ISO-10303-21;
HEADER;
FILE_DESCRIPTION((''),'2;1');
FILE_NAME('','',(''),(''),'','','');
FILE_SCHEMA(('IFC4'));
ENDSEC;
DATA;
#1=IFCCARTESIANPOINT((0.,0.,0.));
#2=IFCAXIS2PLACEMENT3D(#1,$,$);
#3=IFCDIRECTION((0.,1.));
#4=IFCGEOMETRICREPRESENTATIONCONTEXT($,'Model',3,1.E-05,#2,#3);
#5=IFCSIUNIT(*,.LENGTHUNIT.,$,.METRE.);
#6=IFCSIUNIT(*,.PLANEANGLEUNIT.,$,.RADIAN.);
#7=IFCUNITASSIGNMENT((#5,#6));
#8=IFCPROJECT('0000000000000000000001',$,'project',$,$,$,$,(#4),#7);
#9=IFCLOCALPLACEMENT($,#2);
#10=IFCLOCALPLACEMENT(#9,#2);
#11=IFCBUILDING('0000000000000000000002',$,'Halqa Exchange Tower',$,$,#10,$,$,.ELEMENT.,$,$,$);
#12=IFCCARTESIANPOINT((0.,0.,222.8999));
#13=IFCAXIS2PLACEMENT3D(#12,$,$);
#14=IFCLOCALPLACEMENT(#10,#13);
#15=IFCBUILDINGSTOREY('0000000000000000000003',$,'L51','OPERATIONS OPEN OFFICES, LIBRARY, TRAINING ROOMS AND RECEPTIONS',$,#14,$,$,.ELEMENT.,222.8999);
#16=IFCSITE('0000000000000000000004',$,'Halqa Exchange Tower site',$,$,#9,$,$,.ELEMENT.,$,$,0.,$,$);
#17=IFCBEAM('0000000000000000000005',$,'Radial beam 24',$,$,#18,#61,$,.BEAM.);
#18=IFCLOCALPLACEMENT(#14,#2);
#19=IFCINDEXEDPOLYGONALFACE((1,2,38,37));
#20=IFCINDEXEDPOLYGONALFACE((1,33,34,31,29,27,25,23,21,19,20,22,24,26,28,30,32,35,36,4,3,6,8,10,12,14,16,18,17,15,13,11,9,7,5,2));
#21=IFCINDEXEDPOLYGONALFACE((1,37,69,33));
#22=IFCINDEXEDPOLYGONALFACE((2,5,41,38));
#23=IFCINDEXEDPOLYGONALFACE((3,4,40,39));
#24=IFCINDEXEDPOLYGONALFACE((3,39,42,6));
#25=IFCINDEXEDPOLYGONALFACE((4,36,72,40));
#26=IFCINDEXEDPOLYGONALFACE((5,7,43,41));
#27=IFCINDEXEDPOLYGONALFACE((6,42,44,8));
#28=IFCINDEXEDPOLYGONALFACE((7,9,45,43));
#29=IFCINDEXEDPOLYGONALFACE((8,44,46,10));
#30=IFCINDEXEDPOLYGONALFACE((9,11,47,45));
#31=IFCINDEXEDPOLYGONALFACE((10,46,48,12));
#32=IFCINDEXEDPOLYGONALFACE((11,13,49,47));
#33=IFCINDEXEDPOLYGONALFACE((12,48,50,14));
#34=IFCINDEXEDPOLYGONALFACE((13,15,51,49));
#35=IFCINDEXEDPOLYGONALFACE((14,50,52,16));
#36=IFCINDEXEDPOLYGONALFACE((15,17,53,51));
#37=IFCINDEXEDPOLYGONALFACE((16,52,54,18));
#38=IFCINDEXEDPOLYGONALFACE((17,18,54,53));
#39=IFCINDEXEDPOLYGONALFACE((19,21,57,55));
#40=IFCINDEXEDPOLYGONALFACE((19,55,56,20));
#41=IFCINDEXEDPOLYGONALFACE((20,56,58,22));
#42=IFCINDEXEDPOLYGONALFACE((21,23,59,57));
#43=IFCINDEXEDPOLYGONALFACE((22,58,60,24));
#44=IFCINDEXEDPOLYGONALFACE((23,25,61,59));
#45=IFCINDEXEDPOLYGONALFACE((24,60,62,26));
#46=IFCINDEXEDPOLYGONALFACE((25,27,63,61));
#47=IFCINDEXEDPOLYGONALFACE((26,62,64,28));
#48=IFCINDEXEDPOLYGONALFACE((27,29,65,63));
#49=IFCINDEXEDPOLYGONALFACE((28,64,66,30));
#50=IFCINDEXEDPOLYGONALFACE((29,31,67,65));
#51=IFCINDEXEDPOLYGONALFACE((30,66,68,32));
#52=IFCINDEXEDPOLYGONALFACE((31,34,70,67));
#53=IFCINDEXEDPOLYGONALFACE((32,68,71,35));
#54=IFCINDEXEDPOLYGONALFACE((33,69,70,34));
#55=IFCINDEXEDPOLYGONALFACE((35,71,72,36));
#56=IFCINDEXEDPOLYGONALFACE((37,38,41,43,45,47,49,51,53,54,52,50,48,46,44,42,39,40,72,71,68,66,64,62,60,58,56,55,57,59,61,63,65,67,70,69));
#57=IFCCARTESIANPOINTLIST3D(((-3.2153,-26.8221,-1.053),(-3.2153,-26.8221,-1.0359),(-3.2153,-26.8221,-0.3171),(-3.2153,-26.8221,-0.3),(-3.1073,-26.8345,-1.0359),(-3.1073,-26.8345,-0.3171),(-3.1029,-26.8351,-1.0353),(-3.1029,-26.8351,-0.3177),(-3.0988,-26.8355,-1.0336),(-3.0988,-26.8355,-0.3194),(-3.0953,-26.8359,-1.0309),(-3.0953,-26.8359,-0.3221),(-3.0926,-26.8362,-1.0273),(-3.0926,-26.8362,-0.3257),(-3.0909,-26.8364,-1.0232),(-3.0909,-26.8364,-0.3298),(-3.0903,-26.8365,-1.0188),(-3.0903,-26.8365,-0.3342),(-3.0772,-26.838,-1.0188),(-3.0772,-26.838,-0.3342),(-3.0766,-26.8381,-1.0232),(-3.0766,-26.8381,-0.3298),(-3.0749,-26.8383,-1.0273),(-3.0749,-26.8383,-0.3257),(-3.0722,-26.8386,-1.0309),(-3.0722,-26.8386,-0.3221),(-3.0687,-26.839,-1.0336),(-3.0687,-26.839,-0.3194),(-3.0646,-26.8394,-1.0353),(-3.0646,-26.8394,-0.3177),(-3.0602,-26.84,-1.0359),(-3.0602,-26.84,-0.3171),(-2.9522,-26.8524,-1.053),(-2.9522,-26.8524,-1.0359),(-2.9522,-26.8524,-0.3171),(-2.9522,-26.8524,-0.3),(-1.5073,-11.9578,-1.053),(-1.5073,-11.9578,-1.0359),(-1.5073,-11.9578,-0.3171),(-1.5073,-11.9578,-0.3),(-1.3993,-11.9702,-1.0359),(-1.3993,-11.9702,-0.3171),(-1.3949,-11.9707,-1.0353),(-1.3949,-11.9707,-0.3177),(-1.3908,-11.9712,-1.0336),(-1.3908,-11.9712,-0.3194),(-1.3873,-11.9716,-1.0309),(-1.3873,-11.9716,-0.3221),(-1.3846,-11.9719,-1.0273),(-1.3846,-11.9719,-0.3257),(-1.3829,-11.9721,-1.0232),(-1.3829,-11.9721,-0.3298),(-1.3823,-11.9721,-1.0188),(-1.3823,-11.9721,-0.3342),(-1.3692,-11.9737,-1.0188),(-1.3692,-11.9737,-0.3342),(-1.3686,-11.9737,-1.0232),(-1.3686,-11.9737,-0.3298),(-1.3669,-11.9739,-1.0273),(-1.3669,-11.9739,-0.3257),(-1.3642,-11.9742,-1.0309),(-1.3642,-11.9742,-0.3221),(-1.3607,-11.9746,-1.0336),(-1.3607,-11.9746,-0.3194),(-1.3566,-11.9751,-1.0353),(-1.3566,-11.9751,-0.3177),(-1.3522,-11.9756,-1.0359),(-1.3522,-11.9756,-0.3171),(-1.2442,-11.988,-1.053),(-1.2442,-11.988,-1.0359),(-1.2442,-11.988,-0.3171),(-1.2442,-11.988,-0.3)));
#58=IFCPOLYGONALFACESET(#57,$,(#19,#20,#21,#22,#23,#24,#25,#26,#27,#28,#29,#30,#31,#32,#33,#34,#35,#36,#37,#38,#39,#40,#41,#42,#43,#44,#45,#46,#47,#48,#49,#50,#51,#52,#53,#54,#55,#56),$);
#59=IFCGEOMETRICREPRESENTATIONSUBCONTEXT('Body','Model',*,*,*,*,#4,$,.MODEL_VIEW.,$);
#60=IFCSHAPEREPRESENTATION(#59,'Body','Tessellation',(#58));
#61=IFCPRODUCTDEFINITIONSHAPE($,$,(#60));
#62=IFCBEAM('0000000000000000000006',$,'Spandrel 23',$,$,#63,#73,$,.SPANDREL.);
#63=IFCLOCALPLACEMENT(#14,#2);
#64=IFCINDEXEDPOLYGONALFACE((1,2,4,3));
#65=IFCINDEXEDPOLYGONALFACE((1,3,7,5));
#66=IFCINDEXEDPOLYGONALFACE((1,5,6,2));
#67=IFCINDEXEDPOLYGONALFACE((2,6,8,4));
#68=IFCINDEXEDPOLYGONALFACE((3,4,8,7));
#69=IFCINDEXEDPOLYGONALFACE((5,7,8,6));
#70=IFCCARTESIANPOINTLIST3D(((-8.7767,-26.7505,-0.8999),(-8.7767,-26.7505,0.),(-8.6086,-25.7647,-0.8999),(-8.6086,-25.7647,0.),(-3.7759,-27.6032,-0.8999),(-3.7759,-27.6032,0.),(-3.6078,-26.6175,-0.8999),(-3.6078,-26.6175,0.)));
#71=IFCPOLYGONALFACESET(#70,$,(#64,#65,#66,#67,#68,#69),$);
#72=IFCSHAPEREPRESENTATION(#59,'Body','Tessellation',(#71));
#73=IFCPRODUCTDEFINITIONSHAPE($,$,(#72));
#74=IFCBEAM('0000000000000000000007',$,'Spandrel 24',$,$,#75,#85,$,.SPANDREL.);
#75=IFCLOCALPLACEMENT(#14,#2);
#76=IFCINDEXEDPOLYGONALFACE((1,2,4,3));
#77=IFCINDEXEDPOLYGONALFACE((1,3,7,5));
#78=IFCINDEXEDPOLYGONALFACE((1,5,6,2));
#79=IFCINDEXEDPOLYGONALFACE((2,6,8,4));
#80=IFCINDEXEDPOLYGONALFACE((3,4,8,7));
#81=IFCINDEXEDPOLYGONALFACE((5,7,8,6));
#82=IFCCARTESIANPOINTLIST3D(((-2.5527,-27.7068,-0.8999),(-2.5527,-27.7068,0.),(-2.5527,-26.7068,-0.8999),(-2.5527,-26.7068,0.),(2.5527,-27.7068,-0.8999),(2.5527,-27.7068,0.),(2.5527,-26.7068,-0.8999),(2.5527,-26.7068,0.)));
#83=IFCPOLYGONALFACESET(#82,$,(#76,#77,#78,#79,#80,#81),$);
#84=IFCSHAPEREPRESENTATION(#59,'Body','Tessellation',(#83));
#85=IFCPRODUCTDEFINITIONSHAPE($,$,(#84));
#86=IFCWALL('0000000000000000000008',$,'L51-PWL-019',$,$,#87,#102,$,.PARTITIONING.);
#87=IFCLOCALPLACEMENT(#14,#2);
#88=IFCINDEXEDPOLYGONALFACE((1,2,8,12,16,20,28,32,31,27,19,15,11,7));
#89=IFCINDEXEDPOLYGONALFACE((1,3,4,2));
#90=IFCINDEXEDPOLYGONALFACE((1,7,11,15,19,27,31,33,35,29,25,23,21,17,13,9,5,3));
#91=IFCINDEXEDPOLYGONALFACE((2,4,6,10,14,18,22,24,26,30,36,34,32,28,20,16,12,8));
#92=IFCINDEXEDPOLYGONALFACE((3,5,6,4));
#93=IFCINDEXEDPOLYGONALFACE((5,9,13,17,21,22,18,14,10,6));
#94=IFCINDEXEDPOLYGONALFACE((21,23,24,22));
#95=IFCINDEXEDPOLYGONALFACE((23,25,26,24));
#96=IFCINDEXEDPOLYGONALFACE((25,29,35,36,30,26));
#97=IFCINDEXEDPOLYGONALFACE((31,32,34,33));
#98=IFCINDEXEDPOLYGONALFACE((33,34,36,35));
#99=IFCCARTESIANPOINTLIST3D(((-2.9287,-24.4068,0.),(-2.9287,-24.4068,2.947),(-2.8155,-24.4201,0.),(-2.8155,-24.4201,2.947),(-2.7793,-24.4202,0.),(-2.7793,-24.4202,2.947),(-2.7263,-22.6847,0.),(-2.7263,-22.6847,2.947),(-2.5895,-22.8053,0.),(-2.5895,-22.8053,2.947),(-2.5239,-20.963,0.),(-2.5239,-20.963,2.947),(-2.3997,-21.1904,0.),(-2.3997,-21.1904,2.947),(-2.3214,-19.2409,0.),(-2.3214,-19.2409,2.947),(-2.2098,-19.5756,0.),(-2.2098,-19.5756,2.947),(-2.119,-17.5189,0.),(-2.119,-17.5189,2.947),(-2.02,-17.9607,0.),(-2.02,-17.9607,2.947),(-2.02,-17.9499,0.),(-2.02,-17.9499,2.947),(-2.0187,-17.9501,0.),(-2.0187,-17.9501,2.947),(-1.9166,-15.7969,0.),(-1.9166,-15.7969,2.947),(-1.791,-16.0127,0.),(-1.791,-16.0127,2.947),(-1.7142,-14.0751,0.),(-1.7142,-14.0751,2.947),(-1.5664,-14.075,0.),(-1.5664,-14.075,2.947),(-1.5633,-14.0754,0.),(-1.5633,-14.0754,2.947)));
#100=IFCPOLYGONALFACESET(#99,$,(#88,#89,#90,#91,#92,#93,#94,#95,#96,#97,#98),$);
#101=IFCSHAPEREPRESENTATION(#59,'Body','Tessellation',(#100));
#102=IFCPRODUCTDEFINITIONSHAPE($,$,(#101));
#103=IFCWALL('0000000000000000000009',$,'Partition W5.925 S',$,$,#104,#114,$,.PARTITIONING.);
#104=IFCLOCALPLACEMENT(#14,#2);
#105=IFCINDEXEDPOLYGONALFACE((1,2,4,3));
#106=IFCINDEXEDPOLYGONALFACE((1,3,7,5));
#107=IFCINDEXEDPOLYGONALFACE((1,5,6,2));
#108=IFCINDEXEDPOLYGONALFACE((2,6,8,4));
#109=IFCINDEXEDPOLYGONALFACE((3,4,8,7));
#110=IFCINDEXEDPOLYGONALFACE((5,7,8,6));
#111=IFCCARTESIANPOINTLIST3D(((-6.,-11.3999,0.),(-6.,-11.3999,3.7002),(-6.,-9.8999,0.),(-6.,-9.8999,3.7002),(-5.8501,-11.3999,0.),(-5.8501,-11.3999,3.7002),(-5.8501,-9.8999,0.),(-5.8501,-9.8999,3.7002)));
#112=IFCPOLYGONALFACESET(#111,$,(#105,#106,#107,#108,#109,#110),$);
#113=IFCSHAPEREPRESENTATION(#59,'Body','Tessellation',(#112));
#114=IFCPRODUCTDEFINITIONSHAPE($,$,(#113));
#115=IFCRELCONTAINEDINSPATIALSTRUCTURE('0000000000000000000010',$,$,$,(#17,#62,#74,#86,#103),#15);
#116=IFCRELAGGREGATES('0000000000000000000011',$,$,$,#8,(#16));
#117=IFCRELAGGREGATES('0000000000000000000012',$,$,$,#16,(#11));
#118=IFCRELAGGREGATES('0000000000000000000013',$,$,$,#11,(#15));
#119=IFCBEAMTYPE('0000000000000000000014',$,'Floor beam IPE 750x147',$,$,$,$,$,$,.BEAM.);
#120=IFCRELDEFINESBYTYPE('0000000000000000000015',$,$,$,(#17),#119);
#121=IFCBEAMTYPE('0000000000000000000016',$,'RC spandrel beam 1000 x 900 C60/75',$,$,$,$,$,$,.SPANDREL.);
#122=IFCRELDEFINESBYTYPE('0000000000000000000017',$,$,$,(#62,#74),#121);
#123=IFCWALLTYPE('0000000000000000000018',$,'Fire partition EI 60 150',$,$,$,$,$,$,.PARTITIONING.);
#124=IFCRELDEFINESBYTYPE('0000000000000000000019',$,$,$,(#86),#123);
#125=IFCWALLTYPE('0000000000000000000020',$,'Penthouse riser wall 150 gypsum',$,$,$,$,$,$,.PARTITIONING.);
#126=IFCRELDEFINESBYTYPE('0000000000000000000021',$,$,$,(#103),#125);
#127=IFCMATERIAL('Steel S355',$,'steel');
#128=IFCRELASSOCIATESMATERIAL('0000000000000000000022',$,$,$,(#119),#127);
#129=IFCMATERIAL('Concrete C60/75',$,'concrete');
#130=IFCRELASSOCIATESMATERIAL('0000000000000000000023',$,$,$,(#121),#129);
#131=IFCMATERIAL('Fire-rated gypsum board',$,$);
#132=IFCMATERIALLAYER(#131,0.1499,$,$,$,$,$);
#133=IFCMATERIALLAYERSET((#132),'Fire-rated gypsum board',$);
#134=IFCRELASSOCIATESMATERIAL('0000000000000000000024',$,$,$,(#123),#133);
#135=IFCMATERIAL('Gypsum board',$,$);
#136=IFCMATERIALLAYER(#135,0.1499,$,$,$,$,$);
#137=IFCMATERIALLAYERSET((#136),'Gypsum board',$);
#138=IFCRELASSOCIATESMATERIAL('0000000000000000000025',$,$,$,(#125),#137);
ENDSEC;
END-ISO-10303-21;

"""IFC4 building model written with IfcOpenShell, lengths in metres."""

from ifc_helpers import new_model, si_unit, direction, frame, frame_2d, origin, origin_2d, place, context, subcontext, project, spatial, polyline, rectangle, i_section, outline, extrude, material, layer, layer_set, material_profile, profile_set, type_object, element, save


model = new_model("IFC4")

# Units and contexts
model_context = context("Model", 3, precision=1e-05, world=origin(), true_north=direction((0.0, 1.0)))
body_context = subcontext(model_context, "Body", "Model", "MODEL_VIEW")
ifc_project = project(units=[si_unit("LENGTHUNIT", "METRE"), si_unit("PLANEANGLEUNIT", "RADIAN")], contexts=[model_context])

# Site, building, storey
site_placement = place(None, origin())
site = spatial("IfcSite", under=ifc_project, at=site_placement, Name="Halqa Exchange Tower site", CompositionType="ELEMENT", RefElevation=0.0)
building_placement = place(site_placement, origin())
building = spatial("IfcBuilding", under=site, at=building_placement, Name="Halqa Exchange Tower", CompositionType="ELEMENT")
storey_placement = place(building_placement, frame((0.0, 0.0, 222.8999)))
storey = spatial("IfcBuildingStorey", under=building, at=storey_placement, Name="L51", Description="OPERATIONS OPEN OFFICES, LIBRARY, TRAINING ROOMS AND RECEPTIONS", CompositionType="ELEMENT", Elevation=222.8999)

# Shared definitions
ifc_material_1 = material(Name="Concrete C60/75", Category="concrete")

# Beams
ifc_material_2 = material(Name="Steel S355", Category="steel")
ifc_material_profile_1 = material_profile(ifc_material_2, i_section(OverallWidth=0.2649, OverallDepth=0.7529, WebThickness=0.0132, FlangeThickness=0.0171, FilletRadius=0.0171, at=origin_2d()), Name="IPE 750x147")
ifc_profile_set_1 = profile_set([ifc_material_profile_1], Name="Steel S355")
beam_type_1 = type_object("IfcBeamType", Name="Floor beam IPE 750x147", PredefinedType="BEAM", material=ifc_profile_set_1)
beam_1_placement = place(storey_placement, frame((-1.3757, -11.9729, -0.6765), z_axis=(-0.114156, -0.993463, 0.0), x_axis=(0.993463, -0.114156, 0.0)))
element("IfcBeam", 1, at=beam_1_placement, inside=storey, type_object=beam_type_1, Name="Radial beam 24", PredefinedType="BEAM", context=body_context, shape_type="SweptSolid", body=[
    extrude(i_section(OverallWidth=0.2649, OverallDepth=0.7529, WebThickness=0.0132, FlangeThickness=0.0171, FilletRadius=0.0171, at=origin_2d()), origin(), (0.0, 0.0, 1.0), 14.9622),
])
ifc_material_profile_2 = material_profile(ifc_material_1, rectangle(XDim=1.0, YDim=0.8999, at=origin_2d()), Name="1000 x 900")
ifc_profile_set_2 = profile_set([ifc_material_profile_2], Name="Concrete C60/75")
beam_type_2 = type_object("IfcBeamType", Name="RC spandrel beam 1000 x 900 C60/75", PredefinedType="SPANDREL", material=ifc_profile_set_2)
beam_2_placement = place(storey_placement, frame((-8.6926, -26.2576, -0.45), z_axis=(0.985769, -0.168105, 0.0), x_axis=(0.168105, 0.985769, 0.0)))
element("IfcBeam", 2, at=beam_2_placement, inside=storey, type_object=beam_type_2, Name="Spandrel 23", PredefinedType="SPANDREL", context=body_context, shape_type="SweptSolid", body=[
    extrude(rectangle(XDim=1.0, YDim=0.8999, at=origin_2d()), origin(), (0.0, 0.0, 1.0), 5.073),
])
beam_3_placement = place(storey_placement, frame((-2.5527, -27.2068, -0.45), z_axis=(1.0, 0.0, 0.0), x_axis=(0.0, 1.0, 0.0)))
element("IfcBeam", 3, at=beam_3_placement, inside=storey, type_object=beam_type_2, Name="Spandrel 24", PredefinedType="SPANDREL", context=body_context, shape_type="SweptSolid", body=[
    extrude(rectangle(XDim=1.0, YDim=0.8999, at=origin_2d()), origin(), (0.0, 0.0, 1.0), 5.1055),
])

# Walls
ifc_material_3 = material(Name="Fire-rated gypsum board")
ifc_layer_1 = layer(ifc_material_3, 0.1499)
ifc_layer_set_1 = layer_set([ifc_layer_1], Name="Fire-rated gypsum board")
wall_type_1 = type_object("IfcWallType", Name="Fire partition EI 60 150", PredefinedType="PARTITIONING", material=ifc_layer_set_1)
wall_1_placement = place(storey_placement, frame((-2.8542, -24.4155, 0.0), z_axis=(0.0, 0.0, 1.0), x_axis=(0.11675, 0.993161, 0.0)))
element("IfcWall", 4, at=wall_1_placement, inside=storey, type_object=wall_type_1, Name="L51-PWL-019", PredefinedType="PARTITIONING", context=body_context, shape_type="SweptSolid", body=[
    extrude(outline(polyline([(0.0042, -0.075), (1.6301, -0.075), (3.2561, -0.075), (4.8821, -0.075), (6.5081, -0.075), (6.5188, -0.0737), (6.5188, -0.075), (8.4695, -0.075), (10.4202, -0.075), (10.4202, -0.0718), (10.4028, 0.075), (8.6692, 0.075), (6.9353, 0.075), (5.2014, 0.075), (3.4675, 0.075), (1.7339, 0.075), (0.0, 0.075), (0.0, -0.0391), (0.0042, -0.075)])), origin(), (0.0, 0.0, 1.0), 2.947),
])
ifc_material_4 = material(Name="Gypsum board")
ifc_layer_2 = layer(ifc_material_4, 0.1499)
ifc_layer_set_2 = layer_set([ifc_layer_2], Name="Gypsum board")
wall_type_2 = type_object("IfcWallType", Name="Penthouse riser wall 150 gypsum", PredefinedType="PARTITIONING", material=ifc_layer_set_2)
wall_2_placement = place(storey_placement, frame((-5.925, -11.3999, 0.0), z_axis=(0.0, 0.0, 1.0), x_axis=(0.0, 1.0, 0.0)))
element("IfcWall", 5, at=wall_2_placement, inside=storey, type_object=wall_type_2, Name="Partition W5.925 S", PredefinedType="PARTITIONING", context=body_context, shape_type="SweptSolid", body=[
    extrude(rectangle(XDim=1.5, YDim=0.1499, at=frame_2d((0.75, 0.0))), origin(), (0.0, 0.0, 1.0), 3.7002),
])

save(model, "model.ifc")
